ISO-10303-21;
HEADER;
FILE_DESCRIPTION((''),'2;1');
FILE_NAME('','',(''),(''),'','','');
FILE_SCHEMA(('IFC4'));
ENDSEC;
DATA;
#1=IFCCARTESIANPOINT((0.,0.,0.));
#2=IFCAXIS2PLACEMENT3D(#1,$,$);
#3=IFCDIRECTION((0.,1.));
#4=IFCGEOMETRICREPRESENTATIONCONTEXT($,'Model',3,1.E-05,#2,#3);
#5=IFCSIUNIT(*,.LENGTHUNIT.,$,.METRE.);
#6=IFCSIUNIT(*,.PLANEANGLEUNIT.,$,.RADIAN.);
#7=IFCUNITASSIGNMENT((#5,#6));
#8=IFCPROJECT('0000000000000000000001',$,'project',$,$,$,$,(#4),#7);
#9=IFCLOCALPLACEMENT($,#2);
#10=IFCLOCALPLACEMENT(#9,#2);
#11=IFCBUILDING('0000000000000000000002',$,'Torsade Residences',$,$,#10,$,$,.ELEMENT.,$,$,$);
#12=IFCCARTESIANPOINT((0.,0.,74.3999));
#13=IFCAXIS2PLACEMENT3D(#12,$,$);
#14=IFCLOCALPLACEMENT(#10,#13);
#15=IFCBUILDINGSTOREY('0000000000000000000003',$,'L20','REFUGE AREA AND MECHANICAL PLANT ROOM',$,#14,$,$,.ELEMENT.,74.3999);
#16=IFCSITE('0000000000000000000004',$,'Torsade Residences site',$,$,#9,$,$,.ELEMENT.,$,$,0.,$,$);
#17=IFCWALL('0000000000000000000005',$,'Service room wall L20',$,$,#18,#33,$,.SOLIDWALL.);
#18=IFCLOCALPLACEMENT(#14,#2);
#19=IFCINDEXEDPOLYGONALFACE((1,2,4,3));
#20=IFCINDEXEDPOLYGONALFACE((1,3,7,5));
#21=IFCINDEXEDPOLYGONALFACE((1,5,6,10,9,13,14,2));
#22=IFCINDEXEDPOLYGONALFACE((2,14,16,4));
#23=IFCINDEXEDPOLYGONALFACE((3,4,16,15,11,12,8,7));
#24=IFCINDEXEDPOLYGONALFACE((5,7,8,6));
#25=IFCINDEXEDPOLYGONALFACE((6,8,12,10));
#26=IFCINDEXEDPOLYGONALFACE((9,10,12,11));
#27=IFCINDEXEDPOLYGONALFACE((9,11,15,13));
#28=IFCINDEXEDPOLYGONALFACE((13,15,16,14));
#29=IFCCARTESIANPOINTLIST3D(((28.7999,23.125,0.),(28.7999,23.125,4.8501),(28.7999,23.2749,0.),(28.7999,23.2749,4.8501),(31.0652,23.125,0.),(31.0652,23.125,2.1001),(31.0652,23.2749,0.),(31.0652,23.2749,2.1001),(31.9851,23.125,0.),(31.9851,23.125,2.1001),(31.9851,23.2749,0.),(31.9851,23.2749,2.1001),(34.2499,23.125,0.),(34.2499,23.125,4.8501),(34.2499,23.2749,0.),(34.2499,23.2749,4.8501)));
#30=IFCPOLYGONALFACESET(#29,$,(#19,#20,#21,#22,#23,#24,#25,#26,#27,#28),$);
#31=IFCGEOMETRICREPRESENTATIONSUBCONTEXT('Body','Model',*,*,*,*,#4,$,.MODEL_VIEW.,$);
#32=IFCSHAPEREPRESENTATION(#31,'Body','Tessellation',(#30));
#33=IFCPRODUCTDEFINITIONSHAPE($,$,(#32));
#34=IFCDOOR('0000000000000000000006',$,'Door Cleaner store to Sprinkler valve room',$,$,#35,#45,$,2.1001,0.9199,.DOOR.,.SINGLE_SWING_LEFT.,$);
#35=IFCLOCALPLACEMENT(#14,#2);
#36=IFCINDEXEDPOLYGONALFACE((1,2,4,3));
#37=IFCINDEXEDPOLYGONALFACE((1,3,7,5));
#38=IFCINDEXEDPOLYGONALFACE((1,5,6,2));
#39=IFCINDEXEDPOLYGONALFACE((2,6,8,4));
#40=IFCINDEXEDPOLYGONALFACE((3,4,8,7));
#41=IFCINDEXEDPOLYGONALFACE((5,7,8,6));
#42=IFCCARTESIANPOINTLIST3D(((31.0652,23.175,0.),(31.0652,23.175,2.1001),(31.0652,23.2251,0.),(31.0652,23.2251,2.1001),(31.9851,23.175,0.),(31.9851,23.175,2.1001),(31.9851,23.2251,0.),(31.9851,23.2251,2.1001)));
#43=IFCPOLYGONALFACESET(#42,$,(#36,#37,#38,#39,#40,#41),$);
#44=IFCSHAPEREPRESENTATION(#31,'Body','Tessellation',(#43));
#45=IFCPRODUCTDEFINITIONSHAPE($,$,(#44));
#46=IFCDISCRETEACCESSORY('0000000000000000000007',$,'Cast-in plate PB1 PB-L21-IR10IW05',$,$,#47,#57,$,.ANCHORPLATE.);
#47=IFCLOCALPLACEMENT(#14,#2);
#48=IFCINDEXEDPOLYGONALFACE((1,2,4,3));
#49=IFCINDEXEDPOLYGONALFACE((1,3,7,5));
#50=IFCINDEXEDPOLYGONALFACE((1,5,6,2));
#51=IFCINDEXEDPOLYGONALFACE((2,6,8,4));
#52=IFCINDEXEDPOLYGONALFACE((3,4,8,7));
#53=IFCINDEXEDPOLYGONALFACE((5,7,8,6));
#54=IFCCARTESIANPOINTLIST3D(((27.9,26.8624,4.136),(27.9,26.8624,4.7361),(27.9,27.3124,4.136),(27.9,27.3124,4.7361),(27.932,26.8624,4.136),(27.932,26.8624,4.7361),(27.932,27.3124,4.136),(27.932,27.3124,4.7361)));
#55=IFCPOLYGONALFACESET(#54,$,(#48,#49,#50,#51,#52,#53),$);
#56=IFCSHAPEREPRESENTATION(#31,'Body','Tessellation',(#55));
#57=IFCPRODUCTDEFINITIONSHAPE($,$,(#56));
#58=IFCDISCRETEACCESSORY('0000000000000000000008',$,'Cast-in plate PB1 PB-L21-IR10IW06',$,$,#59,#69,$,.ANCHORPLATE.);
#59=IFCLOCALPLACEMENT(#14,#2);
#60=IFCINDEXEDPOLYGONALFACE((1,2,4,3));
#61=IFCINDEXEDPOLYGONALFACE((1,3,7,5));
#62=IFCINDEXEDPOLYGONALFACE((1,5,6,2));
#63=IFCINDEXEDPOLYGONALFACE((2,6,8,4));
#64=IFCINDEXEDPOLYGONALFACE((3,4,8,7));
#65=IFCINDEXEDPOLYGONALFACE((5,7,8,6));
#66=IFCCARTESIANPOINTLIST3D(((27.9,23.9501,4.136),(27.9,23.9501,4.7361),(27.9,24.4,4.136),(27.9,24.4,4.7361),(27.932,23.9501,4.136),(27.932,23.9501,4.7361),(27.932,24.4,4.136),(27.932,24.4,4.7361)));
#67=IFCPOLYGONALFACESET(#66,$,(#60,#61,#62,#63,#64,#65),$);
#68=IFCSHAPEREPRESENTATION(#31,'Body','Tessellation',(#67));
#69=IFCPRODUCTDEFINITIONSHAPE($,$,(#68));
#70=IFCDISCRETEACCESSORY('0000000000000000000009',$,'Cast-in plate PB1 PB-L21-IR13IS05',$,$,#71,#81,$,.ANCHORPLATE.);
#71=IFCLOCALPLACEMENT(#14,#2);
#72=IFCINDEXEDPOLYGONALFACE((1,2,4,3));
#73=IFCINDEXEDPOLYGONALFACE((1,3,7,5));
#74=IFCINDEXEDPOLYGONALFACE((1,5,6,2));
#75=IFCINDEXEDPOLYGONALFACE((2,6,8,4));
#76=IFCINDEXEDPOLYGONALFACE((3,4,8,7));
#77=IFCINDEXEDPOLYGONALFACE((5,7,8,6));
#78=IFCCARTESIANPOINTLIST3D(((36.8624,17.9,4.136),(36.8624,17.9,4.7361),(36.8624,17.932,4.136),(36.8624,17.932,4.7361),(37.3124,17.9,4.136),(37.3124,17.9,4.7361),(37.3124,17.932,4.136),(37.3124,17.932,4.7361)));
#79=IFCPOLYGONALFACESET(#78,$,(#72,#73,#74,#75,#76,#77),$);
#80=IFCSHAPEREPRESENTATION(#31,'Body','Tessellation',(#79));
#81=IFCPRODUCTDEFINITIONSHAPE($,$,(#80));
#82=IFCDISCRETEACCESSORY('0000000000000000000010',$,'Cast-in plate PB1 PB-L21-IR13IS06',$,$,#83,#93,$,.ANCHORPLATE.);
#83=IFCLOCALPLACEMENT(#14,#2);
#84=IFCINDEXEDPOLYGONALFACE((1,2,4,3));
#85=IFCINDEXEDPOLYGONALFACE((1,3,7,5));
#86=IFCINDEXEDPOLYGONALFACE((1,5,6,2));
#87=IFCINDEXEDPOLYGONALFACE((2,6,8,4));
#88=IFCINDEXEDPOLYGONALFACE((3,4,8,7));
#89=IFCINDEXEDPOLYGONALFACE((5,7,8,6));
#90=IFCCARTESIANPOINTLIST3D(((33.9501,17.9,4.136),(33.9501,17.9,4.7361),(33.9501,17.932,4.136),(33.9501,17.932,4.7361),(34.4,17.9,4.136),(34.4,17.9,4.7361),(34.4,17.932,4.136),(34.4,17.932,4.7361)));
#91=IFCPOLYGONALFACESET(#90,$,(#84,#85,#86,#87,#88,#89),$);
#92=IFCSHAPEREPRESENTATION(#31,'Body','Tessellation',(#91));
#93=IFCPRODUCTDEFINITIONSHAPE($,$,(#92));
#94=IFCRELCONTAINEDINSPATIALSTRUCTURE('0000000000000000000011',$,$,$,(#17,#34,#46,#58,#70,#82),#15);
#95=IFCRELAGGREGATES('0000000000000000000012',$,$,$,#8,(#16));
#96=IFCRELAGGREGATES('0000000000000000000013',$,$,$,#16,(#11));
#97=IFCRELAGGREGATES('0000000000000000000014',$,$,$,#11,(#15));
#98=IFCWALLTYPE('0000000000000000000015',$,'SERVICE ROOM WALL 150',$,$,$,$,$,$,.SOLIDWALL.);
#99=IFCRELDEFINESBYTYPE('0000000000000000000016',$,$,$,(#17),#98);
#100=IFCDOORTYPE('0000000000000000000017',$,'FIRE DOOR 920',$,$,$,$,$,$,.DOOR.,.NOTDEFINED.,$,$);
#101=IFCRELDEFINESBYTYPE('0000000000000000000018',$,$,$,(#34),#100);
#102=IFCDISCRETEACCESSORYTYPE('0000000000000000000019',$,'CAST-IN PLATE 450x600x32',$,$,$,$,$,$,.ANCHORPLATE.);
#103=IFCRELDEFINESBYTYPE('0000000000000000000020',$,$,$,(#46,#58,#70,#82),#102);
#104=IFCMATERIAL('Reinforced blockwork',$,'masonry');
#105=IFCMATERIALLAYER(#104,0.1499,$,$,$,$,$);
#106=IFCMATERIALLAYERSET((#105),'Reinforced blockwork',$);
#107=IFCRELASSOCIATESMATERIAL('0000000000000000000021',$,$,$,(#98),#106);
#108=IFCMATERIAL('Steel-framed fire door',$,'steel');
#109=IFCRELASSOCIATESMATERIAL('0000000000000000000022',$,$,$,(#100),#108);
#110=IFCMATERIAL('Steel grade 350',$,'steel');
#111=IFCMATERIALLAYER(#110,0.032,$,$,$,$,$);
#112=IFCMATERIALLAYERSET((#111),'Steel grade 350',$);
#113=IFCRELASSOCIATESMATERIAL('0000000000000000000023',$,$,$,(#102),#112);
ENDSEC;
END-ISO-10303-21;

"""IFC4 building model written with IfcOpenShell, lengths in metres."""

from ifc_helpers import new_model, si_unit, direction, frame, frame_2d, origin, origin_2d, place, context, subcontext, project, spatial, rectangle, extrude, material, layer, layer_set, type_object, element, fill, save


model = new_model("IFC4")

# Units and contexts
model_context = context("Model", 3, precision=1e-05, world=origin(), true_north=direction((0.0, 1.0)))
body_context = subcontext(model_context, "Body", "Model", "MODEL_VIEW")
ifc_project = project(units=[si_unit("LENGTHUNIT", "METRE"), si_unit("PLANEANGLEUNIT", "RADIAN")], contexts=[model_context])

# Site, building, storey
site_placement = place(None, origin())
site = spatial("IfcSite", under=ifc_project, at=site_placement, Name="Torsade Residences site", CompositionType="ELEMENT", RefElevation=0.0)
building_placement = place(site_placement, origin())
building = spatial("IfcBuilding", under=site, at=building_placement, Name="Torsade Residences", CompositionType="ELEMENT")
storey_placement = place(building_placement, frame((0.0, 0.0, 74.3999)))
storey = spatial("IfcBuildingStorey", under=building, at=storey_placement, Name="L20", Description="REFUGE AREA AND MECHANICAL PLANT ROOM", CompositionType="ELEMENT", Elevation=74.3999)

# Shared definitions
ifc_material_1 = material(Name="Reinforced blockwork", Category="masonry")
ifc_layer_1 = layer(ifc_material_1, 0.1499)
ifc_layer_set_1 = layer_set([ifc_layer_1], Name="Reinforced blockwork")
wall_type_1 = type_object("IfcWallType", Name="SERVICE ROOM WALL 150", PredefinedType="SOLIDWALL", material=ifc_layer_set_1)

# Wall, opening, door
wall_1_placement = place(storey_placement, frame((34.25, 23.2, 0.0), z_axis=(0.0, 0.0, 1.0), x_axis=(-1.0, 0.0, 0.0)))
wall_1 = element("IfcWall", 1, at=wall_1_placement, inside=storey, type_object=wall_type_1, Name="Service room wall L20", PredefinedType="SOLIDWALL", context=body_context, shape_type="SweptSolid", body=[
    extrude(rectangle(XDim=5.45, YDim=0.1499, at=frame_2d((2.7251, 0.0))), origin(), (0.0, 0.0, 1.0), 4.8501),
])
opening_placement = place(wall_1_placement, frame((2.2649, 0.0, 0.0)))
opening = element("IfcOpeningElement", 2, at=opening_placement, cuts=wall_1, PredefinedType="OPENING", context=body_context, shape_type="SweptSolid", body=[
    extrude(rectangle(XDim=0.9199, YDim=2.1001, at=frame_2d((0.46, 1.05))), frame((0.0, 0.085, 0.0), z_axis=(0.0, -1.0, 0.0), x_axis=(1.0, 0.0, 0.0)), (0.0, 0.0, 1.0), 0.1699),
])
ifc_material_2 = material(Name="Steel-framed fire door", Category="steel")
door_type = type_object("IfcDoorType", Name="FIRE DOOR 920", OperationType="NOTDEFINED", PredefinedType="DOOR", material=ifc_material_2)
door_placement = place(opening_placement, origin())
door = element("IfcDoor", 3, at=door_placement, inside=storey, type_object=door_type, Name="Door Cleaner store to Sprinkler valve room", OperationType="SINGLE_SWING_LEFT", OverallHeight=2.1001, OverallWidth=0.9199, PredefinedType="DOOR", context=body_context, shape_type="SweptSolid", body=[
    extrude(rectangle(XDim=0.9199, YDim=2.1001, at=frame_2d((0.46, 1.05))), frame((0.0, 0.0249, 0.0), z_axis=(0.0, -1.0, 0.0), x_axis=(1.0, 0.0, 0.0)), (0.0, 0.0, 1.0), 0.05),
])
fill(opening, door)

# Discrete accessories
ifc_material_3 = material(Name="Steel grade 350", Category="steel")
ifc_layer_2 = layer(ifc_material_3, 0.032)
ifc_layer_set_2 = layer_set([ifc_layer_2], Name="Steel grade 350")
discrete_accessory_type = type_object("IfcDiscreteAccessoryType", Name="CAST-IN PLATE 450x600x32", PredefinedType="ANCHORPLATE", material=ifc_layer_set_2)
for number, where, z_axis, x_axis, name in (
    (4, (27.916, 27.0874, 4.136), (0.0, 0.0, 1.0), (1.0, 0.0, 0.0), "Cast-in plate PB1 PB-L21-IR10IW05"),
    (5, (27.916, 24.175, 4.136), (0.0, 0.0, 1.0), (1.0, 0.0, 0.0), "Cast-in plate PB1 PB-L21-IR10IW06"),
):
    element("IfcDiscreteAccessory", number, at=place(storey_placement, frame(where, z_axis=z_axis, x_axis=x_axis)), inside=storey, type_object=discrete_accessory_type, Name=name, PredefinedType="ANCHORPLATE", context=body_context, shape_type="SweptSolid", body=[
        extrude(rectangle(XDim=0.032, YDim=0.45, at=origin_2d()), origin(), (0.0, 0.0, 1.0), 0.6001),
    ])
for number, where, z_axis, x_axis, name in (
    (6, (37.0874, 17.916, 4.136), (0.0, 0.0, 1.0), (1.0, 0.0, 0.0), "Cast-in plate PB1 PB-L21-IR13IS05"),
    (7, (34.175, 17.916, 4.136), (0.0, 0.0, 1.0), (1.0, 0.0, 0.0), "Cast-in plate PB1 PB-L21-IR13IS06"),
):
    element("IfcDiscreteAccessory", number, at=place(storey_placement, frame(where, z_axis=z_axis, x_axis=x_axis)), inside=storey, type_object=discrete_accessory_type, Name=name, PredefinedType="ANCHORPLATE", context=body_context, shape_type="SweptSolid", body=[
        extrude(rectangle(XDim=0.45, YDim=0.032, at=origin_2d()), origin(), (0.0, 0.0, 1.0), 0.6001),
    ])

save(model, "model.ifc")
